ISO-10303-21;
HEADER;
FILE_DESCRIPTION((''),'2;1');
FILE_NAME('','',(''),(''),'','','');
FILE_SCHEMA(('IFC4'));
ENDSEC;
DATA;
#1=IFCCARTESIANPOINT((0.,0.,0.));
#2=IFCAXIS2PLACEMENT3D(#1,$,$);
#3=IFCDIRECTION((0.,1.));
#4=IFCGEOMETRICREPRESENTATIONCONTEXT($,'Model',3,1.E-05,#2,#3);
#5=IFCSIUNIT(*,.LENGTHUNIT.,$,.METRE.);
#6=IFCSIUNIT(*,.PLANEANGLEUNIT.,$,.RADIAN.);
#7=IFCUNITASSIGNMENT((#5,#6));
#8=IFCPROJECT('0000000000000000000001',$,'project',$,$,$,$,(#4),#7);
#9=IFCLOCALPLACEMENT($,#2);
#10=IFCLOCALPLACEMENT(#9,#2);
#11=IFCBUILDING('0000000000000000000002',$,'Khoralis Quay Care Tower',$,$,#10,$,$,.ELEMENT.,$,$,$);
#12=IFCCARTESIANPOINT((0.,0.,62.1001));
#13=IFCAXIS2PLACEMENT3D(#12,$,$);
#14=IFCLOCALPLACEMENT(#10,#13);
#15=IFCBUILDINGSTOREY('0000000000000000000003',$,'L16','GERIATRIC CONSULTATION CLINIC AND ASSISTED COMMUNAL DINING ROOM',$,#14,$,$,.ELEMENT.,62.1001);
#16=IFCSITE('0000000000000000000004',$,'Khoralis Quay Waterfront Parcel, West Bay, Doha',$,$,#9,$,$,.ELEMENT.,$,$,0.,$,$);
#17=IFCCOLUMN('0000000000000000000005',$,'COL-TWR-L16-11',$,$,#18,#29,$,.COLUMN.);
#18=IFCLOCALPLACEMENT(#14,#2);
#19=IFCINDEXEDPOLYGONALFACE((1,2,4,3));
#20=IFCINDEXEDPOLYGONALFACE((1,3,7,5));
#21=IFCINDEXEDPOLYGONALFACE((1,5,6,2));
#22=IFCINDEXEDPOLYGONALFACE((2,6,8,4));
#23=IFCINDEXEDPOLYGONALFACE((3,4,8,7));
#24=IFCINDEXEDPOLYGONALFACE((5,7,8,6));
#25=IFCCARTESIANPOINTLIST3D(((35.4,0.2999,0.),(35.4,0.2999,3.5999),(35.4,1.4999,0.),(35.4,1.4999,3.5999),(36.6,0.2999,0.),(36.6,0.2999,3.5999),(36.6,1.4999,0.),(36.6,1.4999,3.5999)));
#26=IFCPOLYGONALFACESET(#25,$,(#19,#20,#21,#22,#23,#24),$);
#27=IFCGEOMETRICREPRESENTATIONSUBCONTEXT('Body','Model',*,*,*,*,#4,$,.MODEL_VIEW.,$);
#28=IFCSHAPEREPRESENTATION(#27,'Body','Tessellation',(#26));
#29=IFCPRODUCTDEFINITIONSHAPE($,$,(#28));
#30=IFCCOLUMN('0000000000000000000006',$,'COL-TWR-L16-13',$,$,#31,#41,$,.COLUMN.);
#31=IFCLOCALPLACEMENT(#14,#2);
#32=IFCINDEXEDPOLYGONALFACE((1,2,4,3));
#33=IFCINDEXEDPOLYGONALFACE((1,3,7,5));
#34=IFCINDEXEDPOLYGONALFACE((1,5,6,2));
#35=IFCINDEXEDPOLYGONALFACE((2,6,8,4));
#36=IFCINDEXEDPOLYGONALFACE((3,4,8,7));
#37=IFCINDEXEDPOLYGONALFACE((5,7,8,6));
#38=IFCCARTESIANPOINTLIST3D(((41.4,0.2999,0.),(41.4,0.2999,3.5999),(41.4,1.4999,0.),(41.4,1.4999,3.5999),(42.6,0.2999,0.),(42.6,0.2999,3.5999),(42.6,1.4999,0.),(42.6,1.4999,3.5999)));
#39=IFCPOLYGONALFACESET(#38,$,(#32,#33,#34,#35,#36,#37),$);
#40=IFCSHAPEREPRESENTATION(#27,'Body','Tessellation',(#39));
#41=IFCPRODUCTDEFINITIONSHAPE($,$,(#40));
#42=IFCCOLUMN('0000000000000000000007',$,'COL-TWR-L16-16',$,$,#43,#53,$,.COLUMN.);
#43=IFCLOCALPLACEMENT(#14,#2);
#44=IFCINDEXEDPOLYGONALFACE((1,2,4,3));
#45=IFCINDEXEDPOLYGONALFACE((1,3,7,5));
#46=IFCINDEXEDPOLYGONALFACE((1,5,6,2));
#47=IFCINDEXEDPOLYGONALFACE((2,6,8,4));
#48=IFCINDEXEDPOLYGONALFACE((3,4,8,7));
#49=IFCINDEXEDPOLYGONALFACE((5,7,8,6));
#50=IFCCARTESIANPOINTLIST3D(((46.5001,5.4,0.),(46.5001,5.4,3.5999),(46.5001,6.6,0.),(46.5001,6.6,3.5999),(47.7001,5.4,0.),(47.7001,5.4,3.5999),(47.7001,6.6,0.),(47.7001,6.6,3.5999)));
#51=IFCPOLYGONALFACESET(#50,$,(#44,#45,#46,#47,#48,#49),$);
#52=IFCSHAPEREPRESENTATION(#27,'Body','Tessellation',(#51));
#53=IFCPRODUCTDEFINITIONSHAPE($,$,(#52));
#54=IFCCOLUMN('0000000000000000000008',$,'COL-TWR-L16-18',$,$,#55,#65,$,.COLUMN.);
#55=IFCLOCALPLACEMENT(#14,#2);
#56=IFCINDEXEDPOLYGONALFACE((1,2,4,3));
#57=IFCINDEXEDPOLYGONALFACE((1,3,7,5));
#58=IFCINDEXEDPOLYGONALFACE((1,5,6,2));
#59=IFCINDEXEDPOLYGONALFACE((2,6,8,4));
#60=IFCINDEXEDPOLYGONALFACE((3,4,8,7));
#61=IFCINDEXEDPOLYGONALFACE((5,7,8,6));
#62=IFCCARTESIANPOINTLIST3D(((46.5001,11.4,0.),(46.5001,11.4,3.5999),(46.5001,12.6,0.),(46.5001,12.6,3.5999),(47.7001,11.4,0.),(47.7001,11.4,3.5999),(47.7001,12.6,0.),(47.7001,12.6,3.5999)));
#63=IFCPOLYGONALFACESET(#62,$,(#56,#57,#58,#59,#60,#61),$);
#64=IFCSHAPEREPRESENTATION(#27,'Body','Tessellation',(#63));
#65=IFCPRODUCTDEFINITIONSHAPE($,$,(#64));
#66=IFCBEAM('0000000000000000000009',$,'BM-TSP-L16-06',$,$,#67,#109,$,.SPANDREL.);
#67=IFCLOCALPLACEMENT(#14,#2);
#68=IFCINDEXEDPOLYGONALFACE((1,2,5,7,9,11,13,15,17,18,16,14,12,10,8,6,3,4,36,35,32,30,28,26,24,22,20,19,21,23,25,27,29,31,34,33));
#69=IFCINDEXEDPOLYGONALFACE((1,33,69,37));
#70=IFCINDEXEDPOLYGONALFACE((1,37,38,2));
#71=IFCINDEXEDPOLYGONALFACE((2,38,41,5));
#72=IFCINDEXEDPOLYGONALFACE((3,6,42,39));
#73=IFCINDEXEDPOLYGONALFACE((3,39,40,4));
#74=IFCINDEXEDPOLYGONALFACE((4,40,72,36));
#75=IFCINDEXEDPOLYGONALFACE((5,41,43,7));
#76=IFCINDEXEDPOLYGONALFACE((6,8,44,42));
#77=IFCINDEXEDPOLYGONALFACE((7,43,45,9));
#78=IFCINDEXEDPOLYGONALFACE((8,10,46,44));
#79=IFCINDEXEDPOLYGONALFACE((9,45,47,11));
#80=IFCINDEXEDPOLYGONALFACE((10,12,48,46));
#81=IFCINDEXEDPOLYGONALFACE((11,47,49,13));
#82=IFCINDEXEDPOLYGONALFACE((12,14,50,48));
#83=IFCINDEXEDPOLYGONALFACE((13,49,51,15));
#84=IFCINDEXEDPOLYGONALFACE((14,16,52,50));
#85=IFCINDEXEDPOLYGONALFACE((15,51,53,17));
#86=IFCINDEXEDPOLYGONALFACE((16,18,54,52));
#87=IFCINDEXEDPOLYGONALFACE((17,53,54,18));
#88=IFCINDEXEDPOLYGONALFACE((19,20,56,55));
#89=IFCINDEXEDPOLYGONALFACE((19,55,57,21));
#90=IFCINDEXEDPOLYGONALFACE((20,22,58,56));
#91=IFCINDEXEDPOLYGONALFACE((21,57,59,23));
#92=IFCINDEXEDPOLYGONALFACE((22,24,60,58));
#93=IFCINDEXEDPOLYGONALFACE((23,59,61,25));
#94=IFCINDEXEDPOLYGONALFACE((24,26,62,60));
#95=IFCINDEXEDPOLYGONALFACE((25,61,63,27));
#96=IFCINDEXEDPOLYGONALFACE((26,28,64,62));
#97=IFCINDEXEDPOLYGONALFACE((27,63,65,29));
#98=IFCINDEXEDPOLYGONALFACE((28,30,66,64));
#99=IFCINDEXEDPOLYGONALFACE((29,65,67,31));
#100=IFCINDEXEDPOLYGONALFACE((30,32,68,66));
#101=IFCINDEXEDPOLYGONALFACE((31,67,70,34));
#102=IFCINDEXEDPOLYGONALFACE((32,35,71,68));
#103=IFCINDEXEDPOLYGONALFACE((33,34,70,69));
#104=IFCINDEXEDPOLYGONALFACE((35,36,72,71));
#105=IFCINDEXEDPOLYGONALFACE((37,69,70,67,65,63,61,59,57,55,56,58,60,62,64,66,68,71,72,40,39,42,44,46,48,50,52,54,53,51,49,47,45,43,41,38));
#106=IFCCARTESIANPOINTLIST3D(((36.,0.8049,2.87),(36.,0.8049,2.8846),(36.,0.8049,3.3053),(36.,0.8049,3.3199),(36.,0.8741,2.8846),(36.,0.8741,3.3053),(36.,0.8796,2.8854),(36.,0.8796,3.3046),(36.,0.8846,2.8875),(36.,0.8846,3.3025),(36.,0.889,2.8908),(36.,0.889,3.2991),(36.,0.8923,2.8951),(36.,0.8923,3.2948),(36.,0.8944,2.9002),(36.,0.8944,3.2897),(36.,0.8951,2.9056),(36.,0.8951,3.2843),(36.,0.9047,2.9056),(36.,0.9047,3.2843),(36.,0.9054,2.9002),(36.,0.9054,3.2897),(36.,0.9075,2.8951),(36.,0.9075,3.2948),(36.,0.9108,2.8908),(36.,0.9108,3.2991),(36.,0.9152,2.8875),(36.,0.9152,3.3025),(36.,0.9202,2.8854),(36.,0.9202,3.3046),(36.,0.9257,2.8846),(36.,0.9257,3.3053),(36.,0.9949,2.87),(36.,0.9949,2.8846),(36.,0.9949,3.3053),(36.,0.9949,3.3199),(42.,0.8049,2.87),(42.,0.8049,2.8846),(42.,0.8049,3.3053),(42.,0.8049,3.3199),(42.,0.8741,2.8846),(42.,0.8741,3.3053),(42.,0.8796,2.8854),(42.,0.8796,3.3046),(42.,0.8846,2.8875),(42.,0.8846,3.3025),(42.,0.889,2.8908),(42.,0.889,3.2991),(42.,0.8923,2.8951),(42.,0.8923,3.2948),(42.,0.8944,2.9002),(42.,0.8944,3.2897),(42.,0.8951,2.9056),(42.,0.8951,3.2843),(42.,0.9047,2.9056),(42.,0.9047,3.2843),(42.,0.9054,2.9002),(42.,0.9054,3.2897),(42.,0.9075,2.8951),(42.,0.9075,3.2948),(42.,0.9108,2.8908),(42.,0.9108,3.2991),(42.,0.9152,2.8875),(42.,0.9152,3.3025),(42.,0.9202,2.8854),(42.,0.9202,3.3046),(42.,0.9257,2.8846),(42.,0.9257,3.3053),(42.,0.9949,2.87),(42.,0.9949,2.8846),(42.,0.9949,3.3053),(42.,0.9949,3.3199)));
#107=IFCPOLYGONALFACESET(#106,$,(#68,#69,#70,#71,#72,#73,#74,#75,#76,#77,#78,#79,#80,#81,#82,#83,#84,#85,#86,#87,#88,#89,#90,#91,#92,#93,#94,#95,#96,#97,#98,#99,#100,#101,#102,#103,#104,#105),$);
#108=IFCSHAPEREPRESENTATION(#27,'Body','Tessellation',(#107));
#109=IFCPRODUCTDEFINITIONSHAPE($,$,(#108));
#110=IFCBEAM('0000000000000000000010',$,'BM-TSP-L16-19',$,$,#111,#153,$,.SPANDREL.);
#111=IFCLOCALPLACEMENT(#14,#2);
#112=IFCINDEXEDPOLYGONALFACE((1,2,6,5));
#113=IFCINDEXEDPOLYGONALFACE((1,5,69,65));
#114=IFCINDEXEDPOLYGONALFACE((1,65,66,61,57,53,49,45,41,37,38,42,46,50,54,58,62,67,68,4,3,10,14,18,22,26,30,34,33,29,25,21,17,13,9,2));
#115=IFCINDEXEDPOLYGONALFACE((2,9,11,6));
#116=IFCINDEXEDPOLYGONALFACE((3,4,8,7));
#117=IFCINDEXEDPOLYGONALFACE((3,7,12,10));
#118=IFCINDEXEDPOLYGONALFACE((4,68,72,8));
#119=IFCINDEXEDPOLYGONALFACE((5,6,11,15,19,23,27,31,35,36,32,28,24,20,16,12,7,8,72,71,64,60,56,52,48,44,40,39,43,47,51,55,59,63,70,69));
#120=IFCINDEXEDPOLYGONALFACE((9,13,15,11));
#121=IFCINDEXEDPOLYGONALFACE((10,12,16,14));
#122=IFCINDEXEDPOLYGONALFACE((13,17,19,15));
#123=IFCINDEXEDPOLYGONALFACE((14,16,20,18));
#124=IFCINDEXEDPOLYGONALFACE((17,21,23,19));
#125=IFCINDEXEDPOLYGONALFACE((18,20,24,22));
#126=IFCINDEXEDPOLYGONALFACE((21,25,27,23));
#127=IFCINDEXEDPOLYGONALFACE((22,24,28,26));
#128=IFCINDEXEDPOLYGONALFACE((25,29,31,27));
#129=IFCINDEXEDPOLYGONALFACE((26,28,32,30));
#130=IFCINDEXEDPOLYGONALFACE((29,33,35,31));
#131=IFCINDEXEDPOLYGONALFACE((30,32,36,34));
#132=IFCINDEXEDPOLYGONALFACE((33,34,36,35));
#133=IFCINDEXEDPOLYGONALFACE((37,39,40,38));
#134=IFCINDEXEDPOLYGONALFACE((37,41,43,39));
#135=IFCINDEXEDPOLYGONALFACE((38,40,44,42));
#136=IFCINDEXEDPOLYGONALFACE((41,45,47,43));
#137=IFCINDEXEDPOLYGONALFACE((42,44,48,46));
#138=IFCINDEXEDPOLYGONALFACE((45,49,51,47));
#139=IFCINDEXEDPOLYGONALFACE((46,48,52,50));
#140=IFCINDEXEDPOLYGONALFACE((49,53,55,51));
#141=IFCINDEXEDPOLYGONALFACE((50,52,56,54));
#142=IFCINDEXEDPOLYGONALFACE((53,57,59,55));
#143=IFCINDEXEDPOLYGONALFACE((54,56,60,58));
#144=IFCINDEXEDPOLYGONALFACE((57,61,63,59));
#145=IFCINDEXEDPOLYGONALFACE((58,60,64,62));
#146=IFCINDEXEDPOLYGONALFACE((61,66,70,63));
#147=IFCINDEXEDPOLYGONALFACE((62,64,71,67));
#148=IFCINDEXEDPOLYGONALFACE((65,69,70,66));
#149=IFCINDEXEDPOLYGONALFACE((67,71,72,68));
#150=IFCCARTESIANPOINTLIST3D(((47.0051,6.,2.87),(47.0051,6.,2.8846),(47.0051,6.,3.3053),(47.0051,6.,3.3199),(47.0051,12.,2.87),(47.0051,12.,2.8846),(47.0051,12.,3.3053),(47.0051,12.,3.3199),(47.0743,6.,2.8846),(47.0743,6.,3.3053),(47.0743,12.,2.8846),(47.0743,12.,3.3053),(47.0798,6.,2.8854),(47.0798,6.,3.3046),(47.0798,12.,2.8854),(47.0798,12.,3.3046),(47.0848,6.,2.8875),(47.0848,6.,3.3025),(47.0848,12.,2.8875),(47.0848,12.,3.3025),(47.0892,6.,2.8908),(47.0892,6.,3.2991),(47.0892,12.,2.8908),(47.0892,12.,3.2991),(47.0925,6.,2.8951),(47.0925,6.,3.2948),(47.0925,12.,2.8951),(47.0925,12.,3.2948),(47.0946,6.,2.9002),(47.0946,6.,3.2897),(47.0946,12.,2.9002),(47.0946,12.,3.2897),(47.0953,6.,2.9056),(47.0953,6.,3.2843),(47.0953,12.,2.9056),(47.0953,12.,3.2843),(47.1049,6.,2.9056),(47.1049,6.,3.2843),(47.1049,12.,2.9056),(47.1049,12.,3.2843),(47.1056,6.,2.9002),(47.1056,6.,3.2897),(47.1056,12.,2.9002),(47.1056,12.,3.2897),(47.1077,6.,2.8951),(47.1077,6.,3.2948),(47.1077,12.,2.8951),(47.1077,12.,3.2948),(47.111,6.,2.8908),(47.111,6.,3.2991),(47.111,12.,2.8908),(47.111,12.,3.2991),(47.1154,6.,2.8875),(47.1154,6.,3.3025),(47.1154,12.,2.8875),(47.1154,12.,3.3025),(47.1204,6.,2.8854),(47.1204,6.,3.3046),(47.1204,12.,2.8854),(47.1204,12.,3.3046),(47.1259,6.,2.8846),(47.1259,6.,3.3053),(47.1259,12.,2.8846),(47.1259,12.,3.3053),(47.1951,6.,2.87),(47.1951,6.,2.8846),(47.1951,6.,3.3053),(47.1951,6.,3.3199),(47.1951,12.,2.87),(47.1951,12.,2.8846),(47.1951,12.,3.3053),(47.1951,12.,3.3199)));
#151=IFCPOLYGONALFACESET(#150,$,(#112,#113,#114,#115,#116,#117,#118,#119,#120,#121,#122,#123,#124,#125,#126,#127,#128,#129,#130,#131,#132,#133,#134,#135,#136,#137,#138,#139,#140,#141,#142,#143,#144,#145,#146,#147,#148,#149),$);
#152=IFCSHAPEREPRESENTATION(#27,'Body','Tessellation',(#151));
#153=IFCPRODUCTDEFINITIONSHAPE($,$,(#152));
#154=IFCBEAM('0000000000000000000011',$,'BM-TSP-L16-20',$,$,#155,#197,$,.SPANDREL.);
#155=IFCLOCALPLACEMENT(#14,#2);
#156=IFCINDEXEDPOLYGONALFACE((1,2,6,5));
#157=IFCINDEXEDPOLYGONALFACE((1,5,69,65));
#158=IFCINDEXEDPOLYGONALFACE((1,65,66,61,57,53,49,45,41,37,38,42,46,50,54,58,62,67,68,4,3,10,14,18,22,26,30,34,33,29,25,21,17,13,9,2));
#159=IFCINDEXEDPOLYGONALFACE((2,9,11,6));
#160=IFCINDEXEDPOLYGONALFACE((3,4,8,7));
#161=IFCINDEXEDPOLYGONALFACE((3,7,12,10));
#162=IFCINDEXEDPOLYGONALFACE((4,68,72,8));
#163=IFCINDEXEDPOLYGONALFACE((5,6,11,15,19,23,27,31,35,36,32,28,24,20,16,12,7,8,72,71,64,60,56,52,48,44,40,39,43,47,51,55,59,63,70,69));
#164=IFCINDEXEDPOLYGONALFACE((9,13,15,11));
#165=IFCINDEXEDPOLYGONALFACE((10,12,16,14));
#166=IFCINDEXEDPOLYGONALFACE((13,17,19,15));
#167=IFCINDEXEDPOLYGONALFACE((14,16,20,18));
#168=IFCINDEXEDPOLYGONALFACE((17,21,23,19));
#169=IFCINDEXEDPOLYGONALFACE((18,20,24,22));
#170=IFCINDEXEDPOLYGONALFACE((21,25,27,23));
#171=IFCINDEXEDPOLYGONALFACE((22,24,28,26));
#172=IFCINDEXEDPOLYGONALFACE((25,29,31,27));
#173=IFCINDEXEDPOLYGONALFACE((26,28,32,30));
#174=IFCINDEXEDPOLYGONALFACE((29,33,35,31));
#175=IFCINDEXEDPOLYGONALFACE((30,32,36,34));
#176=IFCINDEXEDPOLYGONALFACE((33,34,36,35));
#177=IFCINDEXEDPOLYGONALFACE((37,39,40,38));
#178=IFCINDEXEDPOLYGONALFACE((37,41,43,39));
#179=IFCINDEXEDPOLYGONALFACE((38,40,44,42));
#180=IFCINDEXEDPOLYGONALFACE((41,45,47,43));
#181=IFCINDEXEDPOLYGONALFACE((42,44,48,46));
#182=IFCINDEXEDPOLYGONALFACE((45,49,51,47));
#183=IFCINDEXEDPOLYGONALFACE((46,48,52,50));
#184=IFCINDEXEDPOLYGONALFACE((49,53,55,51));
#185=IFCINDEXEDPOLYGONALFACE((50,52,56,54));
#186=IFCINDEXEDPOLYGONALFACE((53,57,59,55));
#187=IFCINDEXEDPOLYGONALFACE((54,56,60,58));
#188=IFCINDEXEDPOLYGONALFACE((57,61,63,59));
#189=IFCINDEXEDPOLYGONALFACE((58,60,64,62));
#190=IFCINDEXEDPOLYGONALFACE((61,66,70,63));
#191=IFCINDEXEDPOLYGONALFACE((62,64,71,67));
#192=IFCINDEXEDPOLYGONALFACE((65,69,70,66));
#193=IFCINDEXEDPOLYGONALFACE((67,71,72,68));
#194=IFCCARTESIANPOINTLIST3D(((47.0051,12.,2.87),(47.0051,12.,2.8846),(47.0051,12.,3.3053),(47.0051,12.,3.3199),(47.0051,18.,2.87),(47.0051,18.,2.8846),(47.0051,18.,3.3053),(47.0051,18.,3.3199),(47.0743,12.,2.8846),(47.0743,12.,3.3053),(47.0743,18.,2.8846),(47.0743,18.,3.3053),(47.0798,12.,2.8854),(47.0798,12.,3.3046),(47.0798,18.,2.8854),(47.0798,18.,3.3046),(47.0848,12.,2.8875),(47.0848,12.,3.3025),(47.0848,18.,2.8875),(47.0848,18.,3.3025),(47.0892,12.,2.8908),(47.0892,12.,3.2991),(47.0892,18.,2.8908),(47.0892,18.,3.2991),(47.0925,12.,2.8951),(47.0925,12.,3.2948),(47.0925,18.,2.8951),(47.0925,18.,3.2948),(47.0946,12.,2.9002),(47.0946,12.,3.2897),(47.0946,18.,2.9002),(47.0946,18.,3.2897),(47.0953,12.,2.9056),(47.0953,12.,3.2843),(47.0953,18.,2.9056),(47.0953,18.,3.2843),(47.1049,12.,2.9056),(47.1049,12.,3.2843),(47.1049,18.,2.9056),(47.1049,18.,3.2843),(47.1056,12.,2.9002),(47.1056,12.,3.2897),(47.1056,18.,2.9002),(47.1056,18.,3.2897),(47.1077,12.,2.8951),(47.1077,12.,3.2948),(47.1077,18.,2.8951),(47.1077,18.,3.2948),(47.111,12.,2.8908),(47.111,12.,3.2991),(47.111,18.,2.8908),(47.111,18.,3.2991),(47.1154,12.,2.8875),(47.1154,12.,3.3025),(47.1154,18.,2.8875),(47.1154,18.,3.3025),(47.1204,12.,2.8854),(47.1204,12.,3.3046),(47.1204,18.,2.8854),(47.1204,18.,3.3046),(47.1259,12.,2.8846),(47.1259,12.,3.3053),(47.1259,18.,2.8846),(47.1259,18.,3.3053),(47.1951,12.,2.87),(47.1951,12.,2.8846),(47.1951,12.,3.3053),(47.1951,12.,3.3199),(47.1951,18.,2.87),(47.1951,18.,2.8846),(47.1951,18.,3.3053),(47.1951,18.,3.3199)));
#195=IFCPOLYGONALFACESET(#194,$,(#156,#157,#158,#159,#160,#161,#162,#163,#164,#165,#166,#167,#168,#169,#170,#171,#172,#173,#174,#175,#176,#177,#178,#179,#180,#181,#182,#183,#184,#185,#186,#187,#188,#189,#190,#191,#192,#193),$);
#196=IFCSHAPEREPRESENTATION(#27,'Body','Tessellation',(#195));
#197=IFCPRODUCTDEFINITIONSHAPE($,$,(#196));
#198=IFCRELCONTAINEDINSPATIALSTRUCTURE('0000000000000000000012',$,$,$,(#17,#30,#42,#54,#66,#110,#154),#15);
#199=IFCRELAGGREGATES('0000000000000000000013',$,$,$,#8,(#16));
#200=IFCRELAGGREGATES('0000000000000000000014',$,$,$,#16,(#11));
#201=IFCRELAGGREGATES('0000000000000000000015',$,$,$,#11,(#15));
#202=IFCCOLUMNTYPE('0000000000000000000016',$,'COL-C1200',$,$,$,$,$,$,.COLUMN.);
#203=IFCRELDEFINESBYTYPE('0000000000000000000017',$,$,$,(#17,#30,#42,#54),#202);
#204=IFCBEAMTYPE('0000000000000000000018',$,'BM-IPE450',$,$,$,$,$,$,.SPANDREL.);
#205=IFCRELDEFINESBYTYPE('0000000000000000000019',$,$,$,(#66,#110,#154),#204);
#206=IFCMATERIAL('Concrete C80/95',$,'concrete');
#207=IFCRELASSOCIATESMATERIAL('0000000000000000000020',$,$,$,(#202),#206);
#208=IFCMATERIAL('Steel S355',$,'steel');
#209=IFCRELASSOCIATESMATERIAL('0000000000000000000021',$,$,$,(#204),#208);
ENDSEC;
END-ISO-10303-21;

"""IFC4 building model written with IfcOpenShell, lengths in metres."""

from ifc_helpers import new_model, si_unit, direction, frame, origin, origin_2d, place, context, subcontext, project, spatial, rectangle, i_section, extrude, source, transform, mapped, material, material_profile, profile_set, type_object, element, save


model = new_model("IFC4")

# Units and contexts
model_context = context("Model", 3, precision=1e-05, world=origin(), true_north=direction((0.0, 1.0)))
body_context = subcontext(model_context, "Body", "Model", "MODEL_VIEW")
ifc_project = project(units=[si_unit("LENGTHUNIT", "METRE"), si_unit("PLANEANGLEUNIT", "RADIAN")], contexts=[model_context])

# Site, building, storey
site_placement = place(None, origin())
site = spatial("IfcSite", under=ifc_project, at=site_placement, Name="Khoralis Quay Waterfront Parcel, West Bay, Doha", CompositionType="ELEMENT", RefElevation=0.0)
building_placement = place(site_placement, origin())
building = spatial("IfcBuilding", under=site, at=building_placement, Name="Khoralis Quay Care Tower", CompositionType="ELEMENT")
storey_placement = place(building_placement, frame((0.0, 0.0, 62.1001)))
storey = spatial("IfcBuildingStorey", under=building, at=storey_placement, Name="L16", Description="GERIATRIC CONSULTATION CLINIC AND ASSISTED COMMUNAL DINING ROOM", CompositionType="ELEMENT", Elevation=62.1001)

# Columns
ifc_material_1 = material(Name="Concrete C80/95", Category="concrete")
ifc_material_profile_1 = material_profile(ifc_material_1, rectangle(XDim=1.2, YDim=1.2, at=origin_2d()), Name="Concrete C80/95")
ifc_profile_set_1 = profile_set([ifc_material_profile_1], Name="Concrete C80/95")
column_type = type_object("IfcColumnType", Name="COL-C1200", PredefinedType="COLUMN", material=ifc_profile_set_1)
shared_shape_1 = source(origin(), body_context, "Body", "SweptSolid", [
    extrude(rectangle(XDim=1.2, YDim=1.2, at=origin_2d()), origin(), (0.0, 0.0, 1.0), 3.5999),
])
for number, where, z_axis, x_axis, name in (
    (1, (36.0, 0.8999, 0.0), (0.0, 0.0, 1.0), (1.0, 0.0, 0.0), "COL-TWR-L16-11"),
    (2, (42.0, 0.8999, 0.0), (0.0, 0.0, 1.0), (1.0, 0.0, 0.0), "COL-TWR-L16-13"),
    (3, (47.1001, 6.0, 0.0), (0.0, 0.0, 1.0), (1.0, 0.0, 0.0), "COL-TWR-L16-16"),
    (4, (47.1001, 12.0, 0.0), (0.0, 0.0, 1.0), (1.0, 0.0, 0.0), "COL-TWR-L16-18"),
):
    element("IfcColumn", number, at=place(storey_placement, frame(where, z_axis=z_axis, x_axis=x_axis)), inside=storey, type_object=column_type, Name=name, PredefinedType="COLUMN", context=body_context, shape_type="MappedRepresentation", body=[
        mapped(shared_shape_1, transform((0.0, 0.0, 0.0), scale=1.0)),
    ])

# Beams
ifc_material_2 = material(Name="Steel S355", Category="steel")
ifc_material_profile_2 = material_profile(ifc_material_2, i_section(OverallWidth=0.1899, OverallDepth=0.45, WebThickness=0.0095, FlangeThickness=0.0146, FilletRadius=0.021, at=origin_2d()), Name="Steel S355")
ifc_profile_set_2 = profile_set([ifc_material_profile_2], Name="Steel S355")
beam_type_1 = type_object("IfcBeamType", Name="BM-IPE450", PredefinedType="SPANDREL", material=ifc_profile_set_2)
shared_shape_2 = source(origin(), body_context, "Body", "SweptSolid", [
    extrude(i_section(OverallWidth=0.1899, OverallDepth=0.45, WebThickness=0.0095, FlangeThickness=0.0146, FilletRadius=0.021, at=origin_2d()), origin(), (0.0, 0.0, 1.0), 6.0),
])
for number, where, z_axis, x_axis, name in (
    (5, (36.0, 0.8999, 3.095), (1.0, 0.0, 0.0), (0.0, 1.0, 0.0), "BM-TSP-L16-06"),
    (6, (47.1001, 6.0, 3.095), (0.0, 1.0, 0.0), (-1.0, 0.0, 0.0), "BM-TSP-L16-19"),
    (7, (47.1001, 12.0, 3.095), (0.0, 1.0, 0.0), (-1.0, 0.0, 0.0), "BM-TSP-L16-20"),
):
    element("IfcBeam", number, at=place(storey_placement, frame(where, z_axis=z_axis, x_axis=x_axis)), inside=storey, type_object=beam_type_1, Name=name, PredefinedType="SPANDREL", context=body_context, shape_type="MappedRepresentation", body=[
        mapped(shared_shape_2, transform((0.0, 0.0, 0.0), scale=1.0)),
    ])

save(model, "model.ifc")
